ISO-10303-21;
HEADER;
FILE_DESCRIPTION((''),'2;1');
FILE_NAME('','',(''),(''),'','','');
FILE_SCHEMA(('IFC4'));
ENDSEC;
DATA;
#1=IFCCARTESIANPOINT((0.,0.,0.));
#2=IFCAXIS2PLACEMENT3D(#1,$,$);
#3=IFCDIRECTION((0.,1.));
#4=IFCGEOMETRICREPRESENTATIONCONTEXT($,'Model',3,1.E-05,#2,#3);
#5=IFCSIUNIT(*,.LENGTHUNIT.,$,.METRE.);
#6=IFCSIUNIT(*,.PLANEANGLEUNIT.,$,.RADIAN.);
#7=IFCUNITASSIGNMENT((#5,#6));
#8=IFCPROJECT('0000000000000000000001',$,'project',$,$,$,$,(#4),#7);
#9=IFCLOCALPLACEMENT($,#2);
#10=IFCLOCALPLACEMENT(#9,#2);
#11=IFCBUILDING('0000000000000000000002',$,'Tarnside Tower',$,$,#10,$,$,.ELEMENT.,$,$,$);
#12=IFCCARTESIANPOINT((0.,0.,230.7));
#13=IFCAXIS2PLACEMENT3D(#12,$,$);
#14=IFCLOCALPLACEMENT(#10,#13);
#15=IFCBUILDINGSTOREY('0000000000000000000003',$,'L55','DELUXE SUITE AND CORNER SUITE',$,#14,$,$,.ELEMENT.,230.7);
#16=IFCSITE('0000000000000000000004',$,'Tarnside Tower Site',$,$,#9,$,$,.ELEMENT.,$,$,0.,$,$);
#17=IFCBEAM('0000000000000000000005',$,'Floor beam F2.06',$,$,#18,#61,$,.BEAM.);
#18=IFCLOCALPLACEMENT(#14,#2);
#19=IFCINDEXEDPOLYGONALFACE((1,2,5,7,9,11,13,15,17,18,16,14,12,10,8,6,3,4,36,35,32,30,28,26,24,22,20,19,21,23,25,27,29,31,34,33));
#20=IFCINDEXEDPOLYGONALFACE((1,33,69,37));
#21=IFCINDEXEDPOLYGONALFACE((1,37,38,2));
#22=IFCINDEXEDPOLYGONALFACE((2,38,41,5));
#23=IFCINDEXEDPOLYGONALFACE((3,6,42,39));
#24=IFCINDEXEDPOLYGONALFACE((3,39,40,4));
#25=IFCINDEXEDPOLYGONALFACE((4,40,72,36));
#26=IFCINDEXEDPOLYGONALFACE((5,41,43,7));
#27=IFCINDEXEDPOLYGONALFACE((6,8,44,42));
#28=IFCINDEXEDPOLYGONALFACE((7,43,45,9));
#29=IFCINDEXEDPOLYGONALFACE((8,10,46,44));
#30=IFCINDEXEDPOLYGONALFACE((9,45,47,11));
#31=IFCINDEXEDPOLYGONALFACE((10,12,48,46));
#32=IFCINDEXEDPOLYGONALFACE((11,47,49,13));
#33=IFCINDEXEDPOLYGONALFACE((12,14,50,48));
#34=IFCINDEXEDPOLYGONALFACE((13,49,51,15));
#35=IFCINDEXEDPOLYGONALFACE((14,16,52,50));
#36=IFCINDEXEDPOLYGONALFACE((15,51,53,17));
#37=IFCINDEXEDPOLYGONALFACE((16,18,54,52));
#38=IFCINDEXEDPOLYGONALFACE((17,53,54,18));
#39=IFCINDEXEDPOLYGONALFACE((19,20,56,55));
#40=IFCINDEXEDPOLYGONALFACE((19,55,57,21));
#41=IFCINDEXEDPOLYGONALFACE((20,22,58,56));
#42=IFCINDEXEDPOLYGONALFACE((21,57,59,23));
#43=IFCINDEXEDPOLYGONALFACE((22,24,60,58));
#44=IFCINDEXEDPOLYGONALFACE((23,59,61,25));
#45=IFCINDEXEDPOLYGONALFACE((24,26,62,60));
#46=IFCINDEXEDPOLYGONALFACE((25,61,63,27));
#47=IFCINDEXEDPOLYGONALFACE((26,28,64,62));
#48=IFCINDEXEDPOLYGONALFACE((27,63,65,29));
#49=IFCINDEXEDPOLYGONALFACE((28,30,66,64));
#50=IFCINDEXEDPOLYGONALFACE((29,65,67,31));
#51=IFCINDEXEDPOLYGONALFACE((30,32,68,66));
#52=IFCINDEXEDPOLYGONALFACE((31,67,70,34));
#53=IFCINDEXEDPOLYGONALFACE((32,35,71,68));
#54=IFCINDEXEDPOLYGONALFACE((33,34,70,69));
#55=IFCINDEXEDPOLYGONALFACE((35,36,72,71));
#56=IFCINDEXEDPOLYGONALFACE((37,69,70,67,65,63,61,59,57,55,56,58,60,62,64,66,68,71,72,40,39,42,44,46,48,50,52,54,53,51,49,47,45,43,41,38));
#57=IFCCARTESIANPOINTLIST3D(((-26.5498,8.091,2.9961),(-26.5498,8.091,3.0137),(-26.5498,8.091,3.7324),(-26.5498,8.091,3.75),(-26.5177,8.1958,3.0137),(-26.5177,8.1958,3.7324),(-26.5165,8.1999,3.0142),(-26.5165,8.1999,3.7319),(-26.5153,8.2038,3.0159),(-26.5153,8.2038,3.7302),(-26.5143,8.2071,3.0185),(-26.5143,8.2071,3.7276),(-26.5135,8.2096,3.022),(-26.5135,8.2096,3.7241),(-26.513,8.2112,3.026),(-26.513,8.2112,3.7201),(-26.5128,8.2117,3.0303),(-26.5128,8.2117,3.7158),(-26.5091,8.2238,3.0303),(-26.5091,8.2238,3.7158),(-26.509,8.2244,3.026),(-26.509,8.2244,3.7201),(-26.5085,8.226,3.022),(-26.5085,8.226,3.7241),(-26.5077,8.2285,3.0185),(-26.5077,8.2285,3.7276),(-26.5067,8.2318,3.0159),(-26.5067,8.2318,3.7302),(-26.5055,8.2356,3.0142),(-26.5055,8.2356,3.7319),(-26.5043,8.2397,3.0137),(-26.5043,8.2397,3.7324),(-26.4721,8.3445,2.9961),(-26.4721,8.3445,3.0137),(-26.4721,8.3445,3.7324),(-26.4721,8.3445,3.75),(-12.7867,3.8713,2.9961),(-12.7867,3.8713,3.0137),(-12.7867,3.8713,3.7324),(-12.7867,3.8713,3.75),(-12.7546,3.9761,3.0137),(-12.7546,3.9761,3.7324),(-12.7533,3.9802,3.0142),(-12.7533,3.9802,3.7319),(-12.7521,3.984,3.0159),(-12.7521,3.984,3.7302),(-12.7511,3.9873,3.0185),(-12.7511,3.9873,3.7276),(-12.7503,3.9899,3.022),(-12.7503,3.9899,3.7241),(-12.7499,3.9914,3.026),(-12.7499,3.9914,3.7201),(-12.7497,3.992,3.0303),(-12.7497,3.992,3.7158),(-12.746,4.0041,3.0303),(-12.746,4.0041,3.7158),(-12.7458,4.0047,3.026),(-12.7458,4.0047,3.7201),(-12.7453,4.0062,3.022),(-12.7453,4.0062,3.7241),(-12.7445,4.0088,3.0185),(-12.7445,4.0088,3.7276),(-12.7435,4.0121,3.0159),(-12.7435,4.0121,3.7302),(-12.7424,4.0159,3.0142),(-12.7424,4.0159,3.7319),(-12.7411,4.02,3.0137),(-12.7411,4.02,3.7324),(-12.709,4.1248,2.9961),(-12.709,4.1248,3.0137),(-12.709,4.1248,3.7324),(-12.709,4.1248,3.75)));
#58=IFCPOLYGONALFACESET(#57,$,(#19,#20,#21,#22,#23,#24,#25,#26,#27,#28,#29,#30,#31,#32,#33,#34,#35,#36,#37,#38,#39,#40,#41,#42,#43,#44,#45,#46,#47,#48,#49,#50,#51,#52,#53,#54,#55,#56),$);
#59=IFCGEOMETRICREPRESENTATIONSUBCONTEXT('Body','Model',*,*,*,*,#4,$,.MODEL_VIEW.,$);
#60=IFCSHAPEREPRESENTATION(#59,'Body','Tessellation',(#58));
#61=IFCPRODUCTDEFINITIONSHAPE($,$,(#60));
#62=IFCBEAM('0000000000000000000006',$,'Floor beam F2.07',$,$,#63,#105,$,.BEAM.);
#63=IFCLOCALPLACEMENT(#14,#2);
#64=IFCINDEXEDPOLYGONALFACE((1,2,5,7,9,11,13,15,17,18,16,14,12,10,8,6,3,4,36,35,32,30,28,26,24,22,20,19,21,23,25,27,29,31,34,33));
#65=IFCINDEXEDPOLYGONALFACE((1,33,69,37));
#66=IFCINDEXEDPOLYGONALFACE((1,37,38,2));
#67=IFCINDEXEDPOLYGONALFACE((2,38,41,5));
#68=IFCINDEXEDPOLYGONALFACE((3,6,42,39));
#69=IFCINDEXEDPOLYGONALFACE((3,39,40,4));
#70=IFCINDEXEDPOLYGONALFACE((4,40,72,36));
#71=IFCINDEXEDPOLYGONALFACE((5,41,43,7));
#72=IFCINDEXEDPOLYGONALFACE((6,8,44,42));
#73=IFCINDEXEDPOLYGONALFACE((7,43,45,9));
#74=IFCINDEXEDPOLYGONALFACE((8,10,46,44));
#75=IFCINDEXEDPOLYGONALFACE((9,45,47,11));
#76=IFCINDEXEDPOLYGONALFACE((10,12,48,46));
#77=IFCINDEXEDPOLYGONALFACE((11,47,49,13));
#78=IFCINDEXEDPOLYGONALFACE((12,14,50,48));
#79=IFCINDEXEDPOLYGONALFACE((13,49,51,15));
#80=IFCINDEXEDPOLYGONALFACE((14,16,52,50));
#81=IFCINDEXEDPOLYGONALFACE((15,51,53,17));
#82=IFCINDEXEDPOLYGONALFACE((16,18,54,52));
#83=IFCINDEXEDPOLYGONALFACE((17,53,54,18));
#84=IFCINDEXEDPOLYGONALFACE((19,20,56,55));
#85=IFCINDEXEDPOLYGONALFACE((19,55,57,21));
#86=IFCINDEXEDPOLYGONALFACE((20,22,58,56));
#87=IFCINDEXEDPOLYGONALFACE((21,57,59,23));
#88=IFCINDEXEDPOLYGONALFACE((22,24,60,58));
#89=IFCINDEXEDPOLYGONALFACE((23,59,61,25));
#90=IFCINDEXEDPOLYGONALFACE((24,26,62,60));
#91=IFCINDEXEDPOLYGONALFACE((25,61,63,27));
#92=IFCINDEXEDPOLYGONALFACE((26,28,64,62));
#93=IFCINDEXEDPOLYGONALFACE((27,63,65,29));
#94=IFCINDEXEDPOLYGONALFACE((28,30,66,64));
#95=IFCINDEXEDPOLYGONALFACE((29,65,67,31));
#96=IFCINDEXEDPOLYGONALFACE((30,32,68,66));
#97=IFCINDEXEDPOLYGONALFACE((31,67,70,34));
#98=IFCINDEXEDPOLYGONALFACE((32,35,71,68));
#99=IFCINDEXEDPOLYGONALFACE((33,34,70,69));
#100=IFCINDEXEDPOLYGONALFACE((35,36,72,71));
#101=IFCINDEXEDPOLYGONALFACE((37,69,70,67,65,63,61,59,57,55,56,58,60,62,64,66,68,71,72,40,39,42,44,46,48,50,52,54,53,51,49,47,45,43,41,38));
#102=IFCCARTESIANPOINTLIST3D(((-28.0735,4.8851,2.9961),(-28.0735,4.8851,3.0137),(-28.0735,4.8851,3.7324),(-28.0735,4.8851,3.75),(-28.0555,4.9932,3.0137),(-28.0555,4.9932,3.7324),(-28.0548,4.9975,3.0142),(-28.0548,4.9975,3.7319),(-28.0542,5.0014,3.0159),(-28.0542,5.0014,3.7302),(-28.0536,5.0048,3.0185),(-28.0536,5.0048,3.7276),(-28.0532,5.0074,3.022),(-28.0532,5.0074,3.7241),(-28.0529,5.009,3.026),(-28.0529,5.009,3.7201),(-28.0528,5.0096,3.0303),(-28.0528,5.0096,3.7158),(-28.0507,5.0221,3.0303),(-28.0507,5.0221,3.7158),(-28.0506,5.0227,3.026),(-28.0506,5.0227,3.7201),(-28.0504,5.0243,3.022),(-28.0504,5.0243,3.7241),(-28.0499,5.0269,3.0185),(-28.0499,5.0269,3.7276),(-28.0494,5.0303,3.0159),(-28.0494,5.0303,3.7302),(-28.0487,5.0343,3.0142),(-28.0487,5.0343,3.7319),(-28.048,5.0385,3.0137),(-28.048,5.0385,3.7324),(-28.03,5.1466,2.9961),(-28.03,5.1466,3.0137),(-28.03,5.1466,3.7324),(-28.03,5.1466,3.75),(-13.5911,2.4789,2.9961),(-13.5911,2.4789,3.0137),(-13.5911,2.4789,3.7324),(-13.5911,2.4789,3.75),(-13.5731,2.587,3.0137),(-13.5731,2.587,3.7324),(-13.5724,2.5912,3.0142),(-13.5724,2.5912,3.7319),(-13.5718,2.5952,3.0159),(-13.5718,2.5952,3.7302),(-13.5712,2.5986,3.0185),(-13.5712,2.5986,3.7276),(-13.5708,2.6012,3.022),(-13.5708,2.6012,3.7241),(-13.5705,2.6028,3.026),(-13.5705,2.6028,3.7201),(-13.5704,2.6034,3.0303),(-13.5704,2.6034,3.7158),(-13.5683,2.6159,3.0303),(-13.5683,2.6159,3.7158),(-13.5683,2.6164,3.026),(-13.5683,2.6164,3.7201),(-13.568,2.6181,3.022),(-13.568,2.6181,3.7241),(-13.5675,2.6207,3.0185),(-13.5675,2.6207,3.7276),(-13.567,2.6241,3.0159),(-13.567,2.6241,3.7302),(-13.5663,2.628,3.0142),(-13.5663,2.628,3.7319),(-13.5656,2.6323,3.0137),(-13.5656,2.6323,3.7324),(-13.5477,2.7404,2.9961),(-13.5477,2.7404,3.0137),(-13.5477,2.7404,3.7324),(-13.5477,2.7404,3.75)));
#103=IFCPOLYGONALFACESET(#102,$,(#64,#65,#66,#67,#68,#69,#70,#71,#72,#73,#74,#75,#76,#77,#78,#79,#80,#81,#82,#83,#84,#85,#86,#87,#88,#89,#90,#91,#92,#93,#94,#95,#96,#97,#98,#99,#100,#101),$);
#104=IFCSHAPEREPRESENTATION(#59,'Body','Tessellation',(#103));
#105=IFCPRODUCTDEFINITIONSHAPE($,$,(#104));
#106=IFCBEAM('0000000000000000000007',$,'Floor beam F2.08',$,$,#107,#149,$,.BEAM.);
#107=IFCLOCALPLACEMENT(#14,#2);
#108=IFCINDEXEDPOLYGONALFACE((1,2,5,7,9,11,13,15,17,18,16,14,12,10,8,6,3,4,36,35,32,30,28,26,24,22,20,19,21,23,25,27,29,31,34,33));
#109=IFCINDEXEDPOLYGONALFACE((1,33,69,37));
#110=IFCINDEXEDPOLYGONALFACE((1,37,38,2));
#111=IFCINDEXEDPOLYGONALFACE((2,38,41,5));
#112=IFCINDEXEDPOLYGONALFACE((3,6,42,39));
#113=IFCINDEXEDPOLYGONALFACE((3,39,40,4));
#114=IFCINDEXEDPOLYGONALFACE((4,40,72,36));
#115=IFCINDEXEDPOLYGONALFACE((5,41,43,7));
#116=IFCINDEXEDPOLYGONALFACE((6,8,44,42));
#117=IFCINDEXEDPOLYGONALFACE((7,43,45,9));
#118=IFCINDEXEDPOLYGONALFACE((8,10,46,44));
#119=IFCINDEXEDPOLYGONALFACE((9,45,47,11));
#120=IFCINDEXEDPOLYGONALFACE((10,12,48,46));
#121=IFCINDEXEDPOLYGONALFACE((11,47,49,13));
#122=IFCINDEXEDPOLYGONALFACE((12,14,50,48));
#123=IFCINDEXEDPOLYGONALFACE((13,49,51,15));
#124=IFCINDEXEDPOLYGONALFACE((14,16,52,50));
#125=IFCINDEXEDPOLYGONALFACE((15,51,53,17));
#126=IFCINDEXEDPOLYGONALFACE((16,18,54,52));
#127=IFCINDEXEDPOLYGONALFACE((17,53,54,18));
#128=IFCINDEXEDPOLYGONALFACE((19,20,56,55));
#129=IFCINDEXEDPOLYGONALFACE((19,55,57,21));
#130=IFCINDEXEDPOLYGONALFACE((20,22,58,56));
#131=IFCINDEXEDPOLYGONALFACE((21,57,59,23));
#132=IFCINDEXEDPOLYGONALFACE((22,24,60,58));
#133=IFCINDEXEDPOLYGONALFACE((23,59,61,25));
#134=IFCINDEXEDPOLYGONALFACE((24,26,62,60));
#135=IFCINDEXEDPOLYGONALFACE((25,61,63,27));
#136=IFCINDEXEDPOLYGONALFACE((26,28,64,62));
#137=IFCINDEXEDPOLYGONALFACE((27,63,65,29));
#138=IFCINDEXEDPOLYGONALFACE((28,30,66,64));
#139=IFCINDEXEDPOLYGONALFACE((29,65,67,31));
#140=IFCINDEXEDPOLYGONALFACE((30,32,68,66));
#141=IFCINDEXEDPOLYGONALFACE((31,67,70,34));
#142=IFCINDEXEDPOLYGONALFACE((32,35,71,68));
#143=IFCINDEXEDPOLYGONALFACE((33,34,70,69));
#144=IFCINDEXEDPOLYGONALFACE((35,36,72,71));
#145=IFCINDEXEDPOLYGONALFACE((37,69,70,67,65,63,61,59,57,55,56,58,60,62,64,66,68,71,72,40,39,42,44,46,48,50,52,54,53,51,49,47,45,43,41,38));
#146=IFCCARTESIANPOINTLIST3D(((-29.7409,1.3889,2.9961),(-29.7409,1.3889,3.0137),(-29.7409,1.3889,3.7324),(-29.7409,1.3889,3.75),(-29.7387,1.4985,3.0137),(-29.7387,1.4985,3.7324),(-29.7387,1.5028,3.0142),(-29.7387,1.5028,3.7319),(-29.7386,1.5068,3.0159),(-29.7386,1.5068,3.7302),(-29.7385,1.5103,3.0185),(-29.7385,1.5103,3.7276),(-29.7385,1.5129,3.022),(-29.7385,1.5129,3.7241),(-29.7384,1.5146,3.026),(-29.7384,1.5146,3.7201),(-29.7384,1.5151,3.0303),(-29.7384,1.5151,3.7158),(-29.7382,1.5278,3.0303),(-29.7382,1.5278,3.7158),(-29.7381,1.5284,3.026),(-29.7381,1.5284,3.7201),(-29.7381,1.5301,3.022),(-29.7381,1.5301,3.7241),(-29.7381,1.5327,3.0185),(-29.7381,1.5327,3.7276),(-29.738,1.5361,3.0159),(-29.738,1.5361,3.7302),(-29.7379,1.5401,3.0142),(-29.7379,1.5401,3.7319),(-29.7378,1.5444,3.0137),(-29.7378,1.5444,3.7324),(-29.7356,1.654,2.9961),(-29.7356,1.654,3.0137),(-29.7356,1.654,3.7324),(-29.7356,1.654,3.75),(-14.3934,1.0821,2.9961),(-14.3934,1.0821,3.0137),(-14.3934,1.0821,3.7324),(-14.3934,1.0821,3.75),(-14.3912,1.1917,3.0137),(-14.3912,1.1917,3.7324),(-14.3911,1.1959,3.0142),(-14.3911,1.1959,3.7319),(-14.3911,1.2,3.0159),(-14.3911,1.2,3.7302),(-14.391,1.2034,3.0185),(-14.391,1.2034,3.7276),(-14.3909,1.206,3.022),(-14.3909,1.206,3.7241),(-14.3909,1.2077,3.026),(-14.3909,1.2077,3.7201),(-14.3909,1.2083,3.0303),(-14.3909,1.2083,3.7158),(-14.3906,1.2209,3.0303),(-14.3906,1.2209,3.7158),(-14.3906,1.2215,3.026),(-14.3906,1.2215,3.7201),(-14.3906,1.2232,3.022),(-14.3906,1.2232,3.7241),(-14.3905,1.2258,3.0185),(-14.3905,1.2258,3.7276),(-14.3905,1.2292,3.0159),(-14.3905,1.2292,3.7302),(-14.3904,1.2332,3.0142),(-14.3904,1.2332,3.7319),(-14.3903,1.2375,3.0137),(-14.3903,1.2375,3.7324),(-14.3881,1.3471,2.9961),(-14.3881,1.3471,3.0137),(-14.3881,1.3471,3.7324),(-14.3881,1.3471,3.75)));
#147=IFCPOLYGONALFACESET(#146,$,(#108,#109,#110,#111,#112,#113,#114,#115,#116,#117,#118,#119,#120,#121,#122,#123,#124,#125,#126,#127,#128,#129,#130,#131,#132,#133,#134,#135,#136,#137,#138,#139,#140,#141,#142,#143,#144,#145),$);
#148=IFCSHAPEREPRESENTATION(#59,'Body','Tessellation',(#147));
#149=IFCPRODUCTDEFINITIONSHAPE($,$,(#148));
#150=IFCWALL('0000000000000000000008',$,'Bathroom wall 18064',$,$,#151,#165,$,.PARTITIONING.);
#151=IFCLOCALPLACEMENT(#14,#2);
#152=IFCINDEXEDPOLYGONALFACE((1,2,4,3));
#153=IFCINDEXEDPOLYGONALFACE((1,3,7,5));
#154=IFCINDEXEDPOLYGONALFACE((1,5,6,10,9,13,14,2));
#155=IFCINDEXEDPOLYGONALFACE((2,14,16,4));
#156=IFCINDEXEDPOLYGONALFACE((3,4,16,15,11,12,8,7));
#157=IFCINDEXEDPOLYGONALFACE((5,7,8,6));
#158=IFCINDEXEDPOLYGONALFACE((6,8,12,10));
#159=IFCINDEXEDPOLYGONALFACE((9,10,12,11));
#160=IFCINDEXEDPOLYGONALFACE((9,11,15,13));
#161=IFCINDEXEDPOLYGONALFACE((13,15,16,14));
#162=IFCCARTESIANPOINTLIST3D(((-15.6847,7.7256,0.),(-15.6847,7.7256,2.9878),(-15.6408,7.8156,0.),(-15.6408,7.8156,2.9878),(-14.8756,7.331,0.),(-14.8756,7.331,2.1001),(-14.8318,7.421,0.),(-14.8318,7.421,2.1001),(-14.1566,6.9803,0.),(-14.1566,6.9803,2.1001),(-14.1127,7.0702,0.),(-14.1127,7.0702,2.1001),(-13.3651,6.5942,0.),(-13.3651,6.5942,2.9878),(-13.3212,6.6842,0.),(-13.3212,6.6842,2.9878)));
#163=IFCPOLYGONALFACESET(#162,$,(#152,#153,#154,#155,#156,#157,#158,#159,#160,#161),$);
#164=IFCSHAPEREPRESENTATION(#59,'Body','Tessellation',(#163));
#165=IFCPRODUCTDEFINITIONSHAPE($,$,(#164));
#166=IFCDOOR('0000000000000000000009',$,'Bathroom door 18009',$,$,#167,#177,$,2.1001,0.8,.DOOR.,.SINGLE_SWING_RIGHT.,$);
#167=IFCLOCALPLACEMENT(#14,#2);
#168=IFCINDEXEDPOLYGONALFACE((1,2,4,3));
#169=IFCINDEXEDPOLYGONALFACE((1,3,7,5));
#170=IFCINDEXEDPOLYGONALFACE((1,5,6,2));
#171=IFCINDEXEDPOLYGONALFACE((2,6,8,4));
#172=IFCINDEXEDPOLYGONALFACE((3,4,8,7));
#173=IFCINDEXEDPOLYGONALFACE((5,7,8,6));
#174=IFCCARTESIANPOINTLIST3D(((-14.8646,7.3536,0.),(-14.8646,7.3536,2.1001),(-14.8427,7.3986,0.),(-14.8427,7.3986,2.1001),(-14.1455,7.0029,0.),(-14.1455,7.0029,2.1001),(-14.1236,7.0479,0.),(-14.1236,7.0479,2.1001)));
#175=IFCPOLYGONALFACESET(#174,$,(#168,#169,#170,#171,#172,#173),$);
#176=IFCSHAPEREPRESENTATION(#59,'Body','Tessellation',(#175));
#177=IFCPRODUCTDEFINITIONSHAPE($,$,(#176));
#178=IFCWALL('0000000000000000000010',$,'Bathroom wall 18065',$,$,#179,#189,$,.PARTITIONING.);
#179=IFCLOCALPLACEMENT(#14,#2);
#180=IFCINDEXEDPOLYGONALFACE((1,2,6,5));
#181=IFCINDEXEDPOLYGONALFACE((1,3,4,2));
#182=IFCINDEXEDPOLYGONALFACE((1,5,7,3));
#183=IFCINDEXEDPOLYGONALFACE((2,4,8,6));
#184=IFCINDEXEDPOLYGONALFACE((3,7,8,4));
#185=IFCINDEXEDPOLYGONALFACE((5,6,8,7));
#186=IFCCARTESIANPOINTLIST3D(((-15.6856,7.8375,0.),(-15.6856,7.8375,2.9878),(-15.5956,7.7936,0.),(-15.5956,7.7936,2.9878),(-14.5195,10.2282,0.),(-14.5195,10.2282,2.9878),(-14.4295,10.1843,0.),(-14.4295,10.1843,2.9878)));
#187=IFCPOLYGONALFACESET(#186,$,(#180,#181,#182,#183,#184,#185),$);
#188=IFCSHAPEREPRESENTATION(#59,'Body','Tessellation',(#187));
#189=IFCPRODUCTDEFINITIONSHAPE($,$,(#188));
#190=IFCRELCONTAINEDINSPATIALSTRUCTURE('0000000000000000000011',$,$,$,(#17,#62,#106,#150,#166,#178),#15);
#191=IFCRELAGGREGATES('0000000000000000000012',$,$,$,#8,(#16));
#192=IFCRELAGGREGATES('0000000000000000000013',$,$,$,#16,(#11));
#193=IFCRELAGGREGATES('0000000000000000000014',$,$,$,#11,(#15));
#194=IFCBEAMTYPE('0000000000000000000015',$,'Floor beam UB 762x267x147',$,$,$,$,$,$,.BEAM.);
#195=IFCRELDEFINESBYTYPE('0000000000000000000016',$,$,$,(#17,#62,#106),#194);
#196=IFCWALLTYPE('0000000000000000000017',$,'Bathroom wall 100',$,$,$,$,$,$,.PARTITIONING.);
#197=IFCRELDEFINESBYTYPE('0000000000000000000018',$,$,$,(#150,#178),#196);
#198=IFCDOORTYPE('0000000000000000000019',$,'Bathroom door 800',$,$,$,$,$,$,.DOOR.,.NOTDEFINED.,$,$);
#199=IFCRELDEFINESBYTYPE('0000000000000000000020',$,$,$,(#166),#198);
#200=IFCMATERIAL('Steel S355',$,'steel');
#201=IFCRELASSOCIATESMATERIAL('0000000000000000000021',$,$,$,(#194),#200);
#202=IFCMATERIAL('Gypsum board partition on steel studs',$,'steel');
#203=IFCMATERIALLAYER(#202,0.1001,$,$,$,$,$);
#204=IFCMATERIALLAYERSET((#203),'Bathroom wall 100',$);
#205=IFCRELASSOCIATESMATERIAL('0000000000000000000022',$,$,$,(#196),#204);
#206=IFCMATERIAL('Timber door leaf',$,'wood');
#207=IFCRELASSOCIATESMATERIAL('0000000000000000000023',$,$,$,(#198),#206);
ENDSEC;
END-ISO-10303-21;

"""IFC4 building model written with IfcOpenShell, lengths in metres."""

from ifc_helpers import new_model, si_unit, direction, frame, frame_2d, origin, origin_2d, place, context, subcontext, project, spatial, rectangle, i_section, extrude, material, layer, layer_set, material_profile, profile_set, type_object, element, fill, save


model = new_model("IFC4")

# Units and contexts
model_context = context("Model", 3, precision=1e-05, world=origin(), true_north=direction((0.0, 1.0)))
body_context = subcontext(model_context, "Body", "Model", "MODEL_VIEW")
ifc_project = project(units=[si_unit("LENGTHUNIT", "METRE"), si_unit("PLANEANGLEUNIT", "RADIAN")], contexts=[model_context])

# Site, building, storey
site_placement = place(None, origin())
site = spatial("IfcSite", under=ifc_project, at=site_placement, Name="Tarnside Tower Site", CompositionType="ELEMENT", RefElevation=0.0)
building_placement = place(site_placement, origin())
building = spatial("IfcBuilding", under=site, at=building_placement, Name="Tarnside Tower", CompositionType="ELEMENT")
storey_placement = place(building_placement, frame((0.0, 0.0, 230.7)))
storey = spatial("IfcBuildingStorey", under=building, at=storey_placement, Name="L55", Description="DELUXE SUITE AND CORNER SUITE", CompositionType="ELEMENT", Elevation=230.7)

# Beams
ifc_material_1 = material(Name="Steel S355", Category="steel")
ifc_material_profile = material_profile(ifc_material_1, i_section(OverallWidth=0.2651, OverallDepth=0.7539, WebThickness=0.0127, FlangeThickness=0.0176, FilletRadius=0.0166, at=origin_2d()), Name="UB 762x267x147")
ifc_profile_set = profile_set([ifc_material_profile], Name="Steel S355")
beam_type = type_object("IfcBeamType", Name="Floor beam UB 762x267x147", PredefinedType="BEAM", material=ifc_profile_set)
beam_1_placement = place(storey_placement, frame((-26.511, 8.2178, 3.373), z_axis=(0.956073, -0.293128, 0.0), x_axis=(0.293128, 0.956073, 0.0)))
element("IfcBeam", 1, at=beam_1_placement, inside=storey, type_object=beam_type, Name="Floor beam F2.06", PredefinedType="BEAM", context=body_context, shape_type="SweptSolid", body=[
    extrude(i_section(OverallWidth=0.2651, OverallDepth=0.7539, WebThickness=0.0127, FlangeThickness=0.0176, FilletRadius=0.0166, at=origin_2d()), origin(), (0.0, 0.0, 1.0), 14.3955),
])
beam_2_placement = place(storey_placement, frame((-28.0518, 5.0159, 3.373), z_axis=(0.986476, -0.163903, 0.0), x_axis=(0.163903, 0.986476, 0.0)))
element("IfcBeam", 2, at=beam_2_placement, inside=storey, type_object=beam_type, Name="Floor beam F2.07", PredefinedType="BEAM", context=body_context, shape_type="SweptSolid", body=[
    extrude(i_section(OverallWidth=0.2651, OverallDepth=0.7539, WebThickness=0.0127, FlangeThickness=0.0176, FilletRadius=0.0166, at=origin_2d()), origin(), (0.0, 0.0, 1.0), 14.6809),
])
beam_3_placement = place(storey_placement, frame((-29.7383, 1.5215, 3.373), z_axis=(0.9998, -0.019992, 0.0), x_axis=(0.019992, 0.9998, 0.0)))
element("IfcBeam", 3, at=beam_3_placement, inside=storey, type_object=beam_type, Name="Floor beam F2.08", PredefinedType="BEAM", context=body_context, shape_type="SweptSolid", body=[
    extrude(i_section(OverallWidth=0.2651, OverallDepth=0.7539, WebThickness=0.0127, FlangeThickness=0.0176, FilletRadius=0.0166, at=origin_2d()), origin(), (0.0, 0.0, 1.0), 15.3506),
])

# Wall, opening, door
ifc_material_2 = material(Name="Gypsum board partition on steel studs", Category="steel")
ifc_layer_1 = layer(ifc_material_2, 0.1001)
ifc_layer_set_1 = layer_set([ifc_layer_1], Name="Bathroom wall 100")
wall_type_1 = type_object("IfcWallType", Name="Bathroom wall 100", PredefinedType="PARTITIONING", material=ifc_layer_set_1)
wall_1_placement = place(storey_placement, frame((-13.343, 6.6392, 0.0), z_axis=(0.0, 0.0, 1.0), x_axis=(-0.898792, 0.438375, 0.0)))
wall_1 = element("IfcWall", 4, at=wall_1_placement, inside=storey, type_object=wall_type_1, Name="Bathroom wall 18064", PredefinedType="PARTITIONING", context=body_context, shape_type="SweptSolid", body=[
    extrude(rectangle(XDim=2.5808, YDim=0.1001, at=frame_2d((1.2905, 0.0))), origin(), (0.0, 0.0, 1.0), 2.9878),
])
opening_1_placement = place(wall_1_placement, frame((0.8809, 0.0, 0.0)))
opening_1 = element("IfcOpeningElement", 5, at=opening_1_placement, cuts=wall_1, PredefinedType="OPENING", context=body_context, shape_type="SweptSolid", body=[
    extrude(rectangle(XDim=0.8, YDim=2.1001, at=frame_2d((0.3999, 1.05))), frame((0.0, 0.0601, 0.0), z_axis=(0.0, -1.0, 0.0), x_axis=(1.0, 0.0, 0.0)), (0.0, 0.0, 1.0), 0.1201),
])
ifc_material_3 = material(Name="Timber door leaf", Category="wood")
door_type_1 = type_object("IfcDoorType", Name="Bathroom door 800", OperationType="NOTDEFINED", PredefinedType="DOOR", material=ifc_material_3)
door_1_placement = place(opening_1_placement, origin())
door_1 = element("IfcDoor", 6, at=door_1_placement, inside=storey, type_object=door_type_1, Name="Bathroom door 18009", OperationType="SINGLE_SWING_RIGHT", OverallHeight=2.1001, OverallWidth=0.8, PredefinedType="DOOR", context=body_context, shape_type="SweptSolid", body=[
    extrude(rectangle(XDim=0.8, YDim=2.1001, at=frame_2d((0.3999, 1.05))), frame((0.0, 0.0249, 0.0), z_axis=(0.0, -1.0, 0.0), x_axis=(1.0, 0.0, 0.0)), (0.0, 0.0, 1.0), 0.05),
])
fill(opening_1, door_1)

# Wall
wall_2_placement = place(storey_placement, frame((-15.6406, 7.8154, 0.0), z_axis=(0.0, 0.0, 1.0), x_axis=(0.43838, 0.89879, 0.0)))
element("IfcWall", 7, at=wall_2_placement, inside=storey, type_object=wall_type_1, Name="Bathroom wall 18065", PredefinedType="PARTITIONING", context=body_context, shape_type="SweptSolid", body=[
    extrude(rectangle(XDim=2.6599, YDim=0.1001, at=frame_2d((1.3301, 0.0))), origin(), (0.0, 0.0, 1.0), 2.9878),
])

save(model, "model.ifc")
